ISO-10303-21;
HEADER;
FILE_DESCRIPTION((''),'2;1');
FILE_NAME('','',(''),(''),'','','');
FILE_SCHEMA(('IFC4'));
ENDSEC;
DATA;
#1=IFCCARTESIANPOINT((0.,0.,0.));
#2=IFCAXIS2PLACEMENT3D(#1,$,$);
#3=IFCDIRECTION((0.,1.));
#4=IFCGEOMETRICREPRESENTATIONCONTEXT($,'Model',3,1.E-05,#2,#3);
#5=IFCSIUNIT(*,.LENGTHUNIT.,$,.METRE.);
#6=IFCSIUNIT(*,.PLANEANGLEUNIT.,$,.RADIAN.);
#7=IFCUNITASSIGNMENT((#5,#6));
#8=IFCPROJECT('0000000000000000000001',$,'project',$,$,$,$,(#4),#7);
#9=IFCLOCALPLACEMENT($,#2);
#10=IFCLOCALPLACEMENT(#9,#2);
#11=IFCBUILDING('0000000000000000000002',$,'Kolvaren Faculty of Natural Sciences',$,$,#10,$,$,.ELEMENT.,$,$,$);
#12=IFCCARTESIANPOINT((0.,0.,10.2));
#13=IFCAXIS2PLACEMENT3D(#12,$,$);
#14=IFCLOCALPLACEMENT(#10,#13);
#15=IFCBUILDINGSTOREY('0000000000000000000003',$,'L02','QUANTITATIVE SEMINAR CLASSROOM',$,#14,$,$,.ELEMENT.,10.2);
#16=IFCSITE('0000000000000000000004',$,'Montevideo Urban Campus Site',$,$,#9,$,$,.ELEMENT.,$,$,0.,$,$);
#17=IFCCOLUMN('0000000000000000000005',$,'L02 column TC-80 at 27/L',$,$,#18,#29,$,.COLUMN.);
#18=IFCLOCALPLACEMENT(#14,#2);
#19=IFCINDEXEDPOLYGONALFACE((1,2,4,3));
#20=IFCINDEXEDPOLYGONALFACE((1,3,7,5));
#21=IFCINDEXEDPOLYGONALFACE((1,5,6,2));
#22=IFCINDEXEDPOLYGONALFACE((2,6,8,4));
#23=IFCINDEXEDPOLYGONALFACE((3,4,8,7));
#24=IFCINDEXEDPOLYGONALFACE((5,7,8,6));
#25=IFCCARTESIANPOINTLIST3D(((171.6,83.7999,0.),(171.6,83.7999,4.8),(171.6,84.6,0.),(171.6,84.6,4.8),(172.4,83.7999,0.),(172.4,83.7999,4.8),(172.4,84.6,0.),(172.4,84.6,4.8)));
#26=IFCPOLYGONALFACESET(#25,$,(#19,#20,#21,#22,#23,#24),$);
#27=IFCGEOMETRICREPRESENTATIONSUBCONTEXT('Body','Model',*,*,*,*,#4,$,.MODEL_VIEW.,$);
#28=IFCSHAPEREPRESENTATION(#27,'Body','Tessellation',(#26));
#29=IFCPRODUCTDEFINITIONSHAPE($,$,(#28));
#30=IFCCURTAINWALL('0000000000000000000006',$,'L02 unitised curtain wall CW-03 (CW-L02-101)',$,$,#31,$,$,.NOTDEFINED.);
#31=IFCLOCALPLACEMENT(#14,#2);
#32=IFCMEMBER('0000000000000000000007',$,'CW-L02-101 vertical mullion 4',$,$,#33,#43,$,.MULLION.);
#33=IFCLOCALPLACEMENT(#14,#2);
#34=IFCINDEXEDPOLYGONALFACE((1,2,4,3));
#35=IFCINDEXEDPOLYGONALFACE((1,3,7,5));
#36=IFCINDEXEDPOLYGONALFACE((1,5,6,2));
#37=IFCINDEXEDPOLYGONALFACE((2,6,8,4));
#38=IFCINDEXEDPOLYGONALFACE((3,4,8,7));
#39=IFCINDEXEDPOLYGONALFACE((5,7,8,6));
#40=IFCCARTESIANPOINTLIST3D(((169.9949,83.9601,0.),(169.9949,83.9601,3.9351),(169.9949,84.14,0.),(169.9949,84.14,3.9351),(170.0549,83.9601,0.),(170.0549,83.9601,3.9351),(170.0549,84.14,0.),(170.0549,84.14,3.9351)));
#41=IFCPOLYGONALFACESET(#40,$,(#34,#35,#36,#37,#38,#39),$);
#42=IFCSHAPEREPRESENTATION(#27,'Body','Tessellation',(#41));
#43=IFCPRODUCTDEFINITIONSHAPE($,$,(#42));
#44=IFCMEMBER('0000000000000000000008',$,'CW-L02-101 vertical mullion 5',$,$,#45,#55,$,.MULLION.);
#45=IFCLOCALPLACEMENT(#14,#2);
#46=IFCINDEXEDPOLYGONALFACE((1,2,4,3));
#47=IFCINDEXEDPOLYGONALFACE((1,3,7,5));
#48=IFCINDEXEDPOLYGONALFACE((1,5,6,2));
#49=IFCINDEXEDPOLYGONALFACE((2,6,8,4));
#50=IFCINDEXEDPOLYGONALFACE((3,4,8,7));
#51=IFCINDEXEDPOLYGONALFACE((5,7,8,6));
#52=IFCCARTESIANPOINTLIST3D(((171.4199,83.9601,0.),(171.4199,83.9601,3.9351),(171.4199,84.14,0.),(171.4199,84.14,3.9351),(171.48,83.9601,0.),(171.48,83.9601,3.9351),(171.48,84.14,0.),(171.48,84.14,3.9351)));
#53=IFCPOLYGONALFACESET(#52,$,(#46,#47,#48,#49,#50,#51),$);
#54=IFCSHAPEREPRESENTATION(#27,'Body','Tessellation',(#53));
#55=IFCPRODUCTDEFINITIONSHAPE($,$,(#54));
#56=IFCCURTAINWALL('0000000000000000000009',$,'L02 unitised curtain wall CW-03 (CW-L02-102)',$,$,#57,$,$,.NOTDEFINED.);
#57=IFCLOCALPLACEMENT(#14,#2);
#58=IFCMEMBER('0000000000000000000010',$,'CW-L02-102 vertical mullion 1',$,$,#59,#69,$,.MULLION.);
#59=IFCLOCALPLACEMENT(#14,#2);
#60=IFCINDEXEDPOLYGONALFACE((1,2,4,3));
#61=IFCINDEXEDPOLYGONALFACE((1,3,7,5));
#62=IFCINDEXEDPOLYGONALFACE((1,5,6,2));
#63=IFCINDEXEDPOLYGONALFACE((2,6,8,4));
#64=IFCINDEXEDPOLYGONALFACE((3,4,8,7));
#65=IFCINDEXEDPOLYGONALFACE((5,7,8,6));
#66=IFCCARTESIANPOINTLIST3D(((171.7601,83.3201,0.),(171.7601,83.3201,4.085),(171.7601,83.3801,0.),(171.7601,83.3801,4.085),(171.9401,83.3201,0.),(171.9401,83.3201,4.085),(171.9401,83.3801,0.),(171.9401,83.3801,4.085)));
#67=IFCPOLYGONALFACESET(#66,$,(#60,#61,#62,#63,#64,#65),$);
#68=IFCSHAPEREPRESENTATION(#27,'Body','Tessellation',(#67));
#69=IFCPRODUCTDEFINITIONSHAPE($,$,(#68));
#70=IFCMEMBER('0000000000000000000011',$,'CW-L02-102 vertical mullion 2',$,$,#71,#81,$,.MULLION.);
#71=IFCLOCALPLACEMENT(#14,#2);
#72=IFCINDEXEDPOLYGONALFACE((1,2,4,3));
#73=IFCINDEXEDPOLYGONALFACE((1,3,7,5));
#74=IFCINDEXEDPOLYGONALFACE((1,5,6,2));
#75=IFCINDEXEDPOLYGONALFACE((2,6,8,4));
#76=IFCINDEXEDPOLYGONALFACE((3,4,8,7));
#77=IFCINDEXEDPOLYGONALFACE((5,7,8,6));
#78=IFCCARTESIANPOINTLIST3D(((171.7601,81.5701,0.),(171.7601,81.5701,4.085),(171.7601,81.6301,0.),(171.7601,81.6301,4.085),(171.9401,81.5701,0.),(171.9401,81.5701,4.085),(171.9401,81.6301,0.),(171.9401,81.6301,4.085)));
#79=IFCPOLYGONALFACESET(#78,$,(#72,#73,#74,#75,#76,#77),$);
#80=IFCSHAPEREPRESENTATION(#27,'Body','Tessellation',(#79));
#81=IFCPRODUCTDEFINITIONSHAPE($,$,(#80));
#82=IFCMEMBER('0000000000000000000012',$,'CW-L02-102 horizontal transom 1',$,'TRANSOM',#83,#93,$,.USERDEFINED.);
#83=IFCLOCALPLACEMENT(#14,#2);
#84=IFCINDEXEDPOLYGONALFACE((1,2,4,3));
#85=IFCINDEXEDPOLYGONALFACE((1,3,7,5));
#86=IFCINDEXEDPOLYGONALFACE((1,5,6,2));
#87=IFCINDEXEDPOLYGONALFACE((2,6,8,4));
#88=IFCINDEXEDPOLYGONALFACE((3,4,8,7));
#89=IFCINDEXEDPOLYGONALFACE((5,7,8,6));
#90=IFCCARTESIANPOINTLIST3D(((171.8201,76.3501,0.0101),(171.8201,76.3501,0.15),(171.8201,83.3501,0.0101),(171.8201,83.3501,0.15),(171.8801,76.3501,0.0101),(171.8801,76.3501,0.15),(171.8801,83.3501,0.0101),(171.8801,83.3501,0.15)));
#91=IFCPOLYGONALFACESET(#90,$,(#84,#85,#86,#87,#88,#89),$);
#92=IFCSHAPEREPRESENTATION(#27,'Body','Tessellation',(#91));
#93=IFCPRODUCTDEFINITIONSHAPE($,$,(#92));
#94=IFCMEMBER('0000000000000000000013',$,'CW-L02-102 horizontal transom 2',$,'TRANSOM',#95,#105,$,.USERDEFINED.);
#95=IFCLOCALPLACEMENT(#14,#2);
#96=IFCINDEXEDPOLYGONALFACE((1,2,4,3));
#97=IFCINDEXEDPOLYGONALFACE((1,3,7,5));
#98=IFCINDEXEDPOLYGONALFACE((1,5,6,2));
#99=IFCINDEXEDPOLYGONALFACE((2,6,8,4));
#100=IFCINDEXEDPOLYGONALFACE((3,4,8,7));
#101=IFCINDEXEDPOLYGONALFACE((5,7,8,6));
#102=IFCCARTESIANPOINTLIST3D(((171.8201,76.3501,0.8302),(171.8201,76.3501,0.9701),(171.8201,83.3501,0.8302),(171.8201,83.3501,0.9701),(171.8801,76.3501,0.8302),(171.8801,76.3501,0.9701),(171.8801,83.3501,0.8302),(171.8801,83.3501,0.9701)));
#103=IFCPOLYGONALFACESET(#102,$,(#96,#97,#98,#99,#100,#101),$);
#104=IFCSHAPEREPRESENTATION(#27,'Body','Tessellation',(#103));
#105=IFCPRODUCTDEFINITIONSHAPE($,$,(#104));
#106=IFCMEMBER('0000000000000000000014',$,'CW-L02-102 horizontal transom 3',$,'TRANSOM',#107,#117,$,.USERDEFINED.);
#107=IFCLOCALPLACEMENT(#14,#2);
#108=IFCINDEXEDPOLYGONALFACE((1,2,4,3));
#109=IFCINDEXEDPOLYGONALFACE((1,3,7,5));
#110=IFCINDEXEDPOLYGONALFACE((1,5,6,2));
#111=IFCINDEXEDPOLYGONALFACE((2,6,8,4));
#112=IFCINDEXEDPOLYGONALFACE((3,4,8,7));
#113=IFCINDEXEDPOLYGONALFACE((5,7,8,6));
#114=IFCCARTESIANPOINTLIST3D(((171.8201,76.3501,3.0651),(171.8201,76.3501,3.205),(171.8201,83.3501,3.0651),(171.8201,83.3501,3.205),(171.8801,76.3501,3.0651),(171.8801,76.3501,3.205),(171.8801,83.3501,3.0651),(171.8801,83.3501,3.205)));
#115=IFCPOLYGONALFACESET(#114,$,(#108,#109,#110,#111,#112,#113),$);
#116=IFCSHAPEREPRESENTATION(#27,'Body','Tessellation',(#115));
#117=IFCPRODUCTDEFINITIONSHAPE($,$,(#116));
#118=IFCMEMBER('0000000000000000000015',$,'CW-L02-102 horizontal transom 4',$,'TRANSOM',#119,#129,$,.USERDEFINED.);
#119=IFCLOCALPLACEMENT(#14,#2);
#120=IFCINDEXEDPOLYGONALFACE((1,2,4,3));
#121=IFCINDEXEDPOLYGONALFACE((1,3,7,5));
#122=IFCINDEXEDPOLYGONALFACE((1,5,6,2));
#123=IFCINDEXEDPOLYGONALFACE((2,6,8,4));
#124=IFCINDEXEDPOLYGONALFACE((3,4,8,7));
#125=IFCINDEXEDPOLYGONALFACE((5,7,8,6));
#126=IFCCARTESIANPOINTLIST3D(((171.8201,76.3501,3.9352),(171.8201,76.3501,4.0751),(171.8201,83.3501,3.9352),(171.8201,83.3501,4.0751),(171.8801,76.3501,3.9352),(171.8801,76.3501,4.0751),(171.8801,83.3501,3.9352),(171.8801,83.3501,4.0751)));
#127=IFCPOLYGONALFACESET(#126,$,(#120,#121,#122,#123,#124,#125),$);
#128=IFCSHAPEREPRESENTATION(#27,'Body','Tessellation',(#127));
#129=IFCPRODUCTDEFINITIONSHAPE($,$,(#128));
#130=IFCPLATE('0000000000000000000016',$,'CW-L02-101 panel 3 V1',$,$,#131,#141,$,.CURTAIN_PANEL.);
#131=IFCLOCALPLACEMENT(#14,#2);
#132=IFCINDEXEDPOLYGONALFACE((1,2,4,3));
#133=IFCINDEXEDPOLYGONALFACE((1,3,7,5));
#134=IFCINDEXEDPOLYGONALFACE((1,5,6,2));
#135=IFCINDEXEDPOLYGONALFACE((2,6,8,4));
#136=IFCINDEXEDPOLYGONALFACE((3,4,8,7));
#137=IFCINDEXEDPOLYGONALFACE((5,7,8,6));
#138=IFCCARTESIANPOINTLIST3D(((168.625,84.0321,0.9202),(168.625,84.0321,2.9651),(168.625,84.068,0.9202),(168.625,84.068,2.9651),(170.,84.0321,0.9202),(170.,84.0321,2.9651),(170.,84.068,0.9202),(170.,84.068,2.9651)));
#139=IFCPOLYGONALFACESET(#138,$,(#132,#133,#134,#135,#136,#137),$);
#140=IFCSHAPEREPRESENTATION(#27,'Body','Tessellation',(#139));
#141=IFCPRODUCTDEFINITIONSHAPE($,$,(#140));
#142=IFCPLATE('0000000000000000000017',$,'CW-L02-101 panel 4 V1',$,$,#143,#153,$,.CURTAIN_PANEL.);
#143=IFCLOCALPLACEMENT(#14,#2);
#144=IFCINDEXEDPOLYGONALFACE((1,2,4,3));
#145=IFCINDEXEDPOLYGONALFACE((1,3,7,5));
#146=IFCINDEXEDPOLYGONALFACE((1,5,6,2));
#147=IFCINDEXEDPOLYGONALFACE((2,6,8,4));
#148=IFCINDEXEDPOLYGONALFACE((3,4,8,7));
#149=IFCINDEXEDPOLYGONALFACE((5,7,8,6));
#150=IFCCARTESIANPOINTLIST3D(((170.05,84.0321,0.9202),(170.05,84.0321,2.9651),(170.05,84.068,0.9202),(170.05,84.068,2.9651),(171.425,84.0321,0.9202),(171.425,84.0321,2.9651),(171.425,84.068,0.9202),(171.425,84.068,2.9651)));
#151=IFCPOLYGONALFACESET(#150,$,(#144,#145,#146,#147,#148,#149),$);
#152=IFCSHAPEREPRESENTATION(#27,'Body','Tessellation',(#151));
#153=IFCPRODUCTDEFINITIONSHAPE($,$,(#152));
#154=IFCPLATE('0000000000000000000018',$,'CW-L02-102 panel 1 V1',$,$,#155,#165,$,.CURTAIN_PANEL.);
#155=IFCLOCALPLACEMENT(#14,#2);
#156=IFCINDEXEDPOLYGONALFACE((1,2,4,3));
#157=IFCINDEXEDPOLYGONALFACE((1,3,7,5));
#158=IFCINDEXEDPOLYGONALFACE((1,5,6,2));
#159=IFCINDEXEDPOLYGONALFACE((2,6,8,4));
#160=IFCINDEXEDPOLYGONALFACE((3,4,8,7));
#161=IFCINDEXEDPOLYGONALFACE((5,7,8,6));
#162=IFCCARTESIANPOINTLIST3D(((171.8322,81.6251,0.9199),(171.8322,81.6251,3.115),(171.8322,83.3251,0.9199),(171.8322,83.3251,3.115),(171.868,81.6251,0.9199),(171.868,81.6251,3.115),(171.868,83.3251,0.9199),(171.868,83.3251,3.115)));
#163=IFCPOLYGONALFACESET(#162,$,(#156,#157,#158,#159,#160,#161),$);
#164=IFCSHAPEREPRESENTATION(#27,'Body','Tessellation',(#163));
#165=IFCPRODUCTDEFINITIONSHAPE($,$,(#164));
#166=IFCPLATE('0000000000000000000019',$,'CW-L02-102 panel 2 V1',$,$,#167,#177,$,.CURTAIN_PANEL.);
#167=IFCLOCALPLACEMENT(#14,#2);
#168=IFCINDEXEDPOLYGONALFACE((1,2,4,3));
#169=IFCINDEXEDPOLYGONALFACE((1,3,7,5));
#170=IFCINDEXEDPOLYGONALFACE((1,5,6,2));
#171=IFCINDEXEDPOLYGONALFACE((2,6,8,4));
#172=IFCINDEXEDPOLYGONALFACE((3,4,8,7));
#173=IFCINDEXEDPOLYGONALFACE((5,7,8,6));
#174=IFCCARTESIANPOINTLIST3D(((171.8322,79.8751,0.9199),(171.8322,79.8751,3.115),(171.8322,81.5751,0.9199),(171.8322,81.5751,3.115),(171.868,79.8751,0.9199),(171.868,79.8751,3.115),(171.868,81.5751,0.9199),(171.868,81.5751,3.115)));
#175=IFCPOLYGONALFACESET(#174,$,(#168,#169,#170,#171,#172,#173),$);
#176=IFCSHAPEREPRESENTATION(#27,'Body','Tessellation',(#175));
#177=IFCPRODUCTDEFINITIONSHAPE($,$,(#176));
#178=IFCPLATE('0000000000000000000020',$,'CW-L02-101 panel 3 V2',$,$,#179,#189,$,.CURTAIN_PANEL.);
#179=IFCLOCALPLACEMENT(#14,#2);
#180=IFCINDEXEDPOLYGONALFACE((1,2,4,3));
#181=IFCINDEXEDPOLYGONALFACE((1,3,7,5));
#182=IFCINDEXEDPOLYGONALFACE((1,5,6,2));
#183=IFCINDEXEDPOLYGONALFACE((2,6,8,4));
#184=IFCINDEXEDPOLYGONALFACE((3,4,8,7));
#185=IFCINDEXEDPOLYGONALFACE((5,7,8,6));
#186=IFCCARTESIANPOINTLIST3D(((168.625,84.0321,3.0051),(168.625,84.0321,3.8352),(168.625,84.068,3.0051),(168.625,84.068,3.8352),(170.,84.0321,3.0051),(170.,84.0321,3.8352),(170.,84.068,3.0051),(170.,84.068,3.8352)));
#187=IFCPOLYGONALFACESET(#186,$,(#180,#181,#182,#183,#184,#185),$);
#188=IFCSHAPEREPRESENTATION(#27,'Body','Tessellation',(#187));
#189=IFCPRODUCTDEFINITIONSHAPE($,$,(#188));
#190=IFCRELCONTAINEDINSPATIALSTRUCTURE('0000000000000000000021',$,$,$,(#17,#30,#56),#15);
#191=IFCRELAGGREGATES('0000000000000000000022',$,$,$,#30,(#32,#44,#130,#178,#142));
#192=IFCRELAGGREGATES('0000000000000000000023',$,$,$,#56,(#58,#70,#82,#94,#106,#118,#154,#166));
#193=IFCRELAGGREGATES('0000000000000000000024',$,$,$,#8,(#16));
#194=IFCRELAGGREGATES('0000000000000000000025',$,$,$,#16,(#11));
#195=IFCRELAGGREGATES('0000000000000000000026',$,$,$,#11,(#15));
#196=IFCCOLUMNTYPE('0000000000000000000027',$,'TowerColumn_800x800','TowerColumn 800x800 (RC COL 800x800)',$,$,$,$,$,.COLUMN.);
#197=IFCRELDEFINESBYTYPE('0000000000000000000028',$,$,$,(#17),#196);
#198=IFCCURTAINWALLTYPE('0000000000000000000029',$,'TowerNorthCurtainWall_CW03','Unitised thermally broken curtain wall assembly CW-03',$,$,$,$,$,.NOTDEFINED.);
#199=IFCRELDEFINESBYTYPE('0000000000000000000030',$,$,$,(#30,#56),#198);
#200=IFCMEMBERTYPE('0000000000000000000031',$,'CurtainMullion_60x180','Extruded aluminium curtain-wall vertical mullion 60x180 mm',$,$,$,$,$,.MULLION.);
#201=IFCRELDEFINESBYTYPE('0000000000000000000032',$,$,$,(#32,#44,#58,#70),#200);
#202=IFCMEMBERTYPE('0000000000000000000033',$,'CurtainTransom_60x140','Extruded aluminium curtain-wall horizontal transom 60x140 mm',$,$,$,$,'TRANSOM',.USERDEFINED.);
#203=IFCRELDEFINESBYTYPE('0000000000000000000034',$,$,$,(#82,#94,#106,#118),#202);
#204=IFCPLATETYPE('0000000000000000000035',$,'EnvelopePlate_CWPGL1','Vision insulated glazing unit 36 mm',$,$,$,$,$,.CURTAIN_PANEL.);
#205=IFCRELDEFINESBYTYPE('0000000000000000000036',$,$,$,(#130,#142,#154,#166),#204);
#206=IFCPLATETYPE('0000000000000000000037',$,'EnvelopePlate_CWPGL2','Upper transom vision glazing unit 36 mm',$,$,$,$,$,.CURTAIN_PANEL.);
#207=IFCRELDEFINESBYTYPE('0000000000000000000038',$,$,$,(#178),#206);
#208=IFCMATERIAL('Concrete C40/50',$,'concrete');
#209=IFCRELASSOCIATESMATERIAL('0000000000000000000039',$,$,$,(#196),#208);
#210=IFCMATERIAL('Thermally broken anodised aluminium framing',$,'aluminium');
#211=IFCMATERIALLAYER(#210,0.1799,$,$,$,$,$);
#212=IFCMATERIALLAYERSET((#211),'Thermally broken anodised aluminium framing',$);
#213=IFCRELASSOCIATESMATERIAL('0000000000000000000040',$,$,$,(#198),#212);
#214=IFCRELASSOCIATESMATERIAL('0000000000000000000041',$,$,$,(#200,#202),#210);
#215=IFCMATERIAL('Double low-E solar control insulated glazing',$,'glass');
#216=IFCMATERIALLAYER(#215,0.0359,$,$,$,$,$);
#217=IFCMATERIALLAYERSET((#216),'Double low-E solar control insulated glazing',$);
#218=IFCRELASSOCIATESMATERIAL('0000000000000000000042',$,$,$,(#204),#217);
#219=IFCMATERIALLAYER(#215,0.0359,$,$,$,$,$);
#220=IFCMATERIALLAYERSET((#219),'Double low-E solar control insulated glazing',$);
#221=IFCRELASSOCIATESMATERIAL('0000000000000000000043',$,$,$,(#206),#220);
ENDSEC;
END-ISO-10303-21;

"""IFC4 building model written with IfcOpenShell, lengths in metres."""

from ifc_helpers import new_model, si_unit, direction, frame, origin, origin_2d, place, context, subcontext, project, spatial, rectangle, extrude, material, layer, layer_set, material_profile, profile_set, type_object, element, aggregate, save


model = new_model("IFC4")

# Units and contexts
model_context = context("Model", 3, precision=1e-05, world=origin(), true_north=direction((0.0, 1.0)))
body_context = subcontext(model_context, "Body", "Model", "MODEL_VIEW")
ifc_project = project(units=[si_unit("LENGTHUNIT", "METRE"), si_unit("PLANEANGLEUNIT", "RADIAN")], contexts=[model_context])

# Site, building, storey
site_placement = place(None, origin())
site = spatial("IfcSite", under=ifc_project, at=site_placement, Name="Montevideo Urban Campus Site", CompositionType="ELEMENT", RefElevation=0.0)
building_placement = place(site_placement, origin())
building = spatial("IfcBuilding", under=site, at=building_placement, Name="Kolvaren Faculty of Natural Sciences", CompositionType="ELEMENT")
storey_placement = place(building_placement, frame((0.0, 0.0, 10.2)))
storey = spatial("IfcBuildingStorey", under=building, at=storey_placement, Name="L02", Description="QUANTITATIVE SEMINAR CLASSROOM", CompositionType="ELEMENT", Elevation=10.2)

# Column
ifc_material_1 = material(Name="Concrete C40/50", Category="concrete")
ifc_material_profile_1 = material_profile(ifc_material_1, rectangle(XDim=0.8, YDim=0.8, at=origin_2d()), Name="RC COL 800x800")
ifc_profile_set_1 = profile_set([ifc_material_profile_1], Name="Concrete C40/50")
column_type = type_object("IfcColumnType", Name="TowerColumn_800x800", Description="TowerColumn 800x800 (RC COL 800x800)", PredefinedType="COLUMN", material=ifc_profile_set_1)
column_placement = place(storey_placement, frame((172.0, 84.2, 0.0), z_axis=(0.0, 0.0, 1.0), x_axis=(1.0, 0.0, 0.0)))
element("IfcColumn", 1, at=column_placement, inside=storey, type_object=column_type, Name="L02 column TC-80 at 27/L", PredefinedType="COLUMN", context=body_context, shape_type="SweptSolid", body=[
    extrude(rectangle(XDim=0.8, YDim=0.8, at=origin_2d()), origin(), (0.0, 0.0, 1.0), 4.8),
])

# Curtain walls, members
ifc_material_2 = material(Name="Thermally broken anodised aluminium framing", Category="aluminium")
ifc_layer_1 = layer(ifc_material_2, 0.1799)
ifc_layer_set_1 = layer_set([ifc_layer_1], Name="Thermally broken anodised aluminium framing")
curtain_wall_type = type_object("IfcCurtainWallType", Name="TowerNorthCurtainWall_CW03", Description="Unitised thermally broken curtain wall assembly CW-03", PredefinedType="NOTDEFINED", material=ifc_layer_set_1)
curtain_wall_1_placement = place(storey_placement, origin())
curtain_wall_1 = element("IfcCurtainWall", 2, at=curtain_wall_1_placement, inside=storey, type_object=curtain_wall_type, Name="L02 unitised curtain wall CW-03 (CW-L02-101)", PredefinedType="NOTDEFINED")
ifc_material_profile_2 = material_profile(ifc_material_2, rectangle(XDim=0.0601, YDim=0.1799, at=origin_2d()), Name="ALU MUL 60x180")
ifc_profile_set_2 = profile_set([ifc_material_profile_2], Name="Thermally broken anodised aluminium framing")
member_type_1 = type_object("IfcMemberType", Name="CurtainMullion_60x180", Description="Extruded aluminium curtain-wall vertical mullion 60x180 mm", PredefinedType="MULLION", material=ifc_profile_set_2)
member_1_placement = place(storey_placement, frame((170.0249, 84.05, 0.0), z_axis=(0.0, 0.0, 1.0), x_axis=(1.0, 0.0, 0.0)))
member_1 = element("IfcMember", 3, at=member_1_placement, type_object=member_type_1, Name="CW-L02-101 vertical mullion 4", PredefinedType="MULLION", context=body_context, shape_type="SweptSolid", body=[
    extrude(rectangle(XDim=0.0601, YDim=0.1799, at=origin_2d()), origin(), (0.0, 0.0, 1.0), 3.9351),
])
member_2_placement = place(storey_placement, frame((171.45, 84.05, 0.0), z_axis=(0.0, 0.0, 1.0), x_axis=(1.0, 0.0, 0.0)))
member_2 = element("IfcMember", 4, at=member_2_placement, type_object=member_type_1, Name="CW-L02-101 vertical mullion 5", PredefinedType="MULLION", context=body_context, shape_type="SweptSolid", body=[
    extrude(rectangle(XDim=0.0601, YDim=0.1799, at=origin_2d()), origin(), (0.0, 0.0, 1.0), 3.9351),
])
curtain_wall_2_placement = place(storey_placement, origin())
curtain_wall_2 = element("IfcCurtainWall", 5, at=curtain_wall_2_placement, inside=storey, type_object=curtain_wall_type, Name="L02 unitised curtain wall CW-03 (CW-L02-102)", PredefinedType="NOTDEFINED")
member_3_placement = place(storey_placement, frame((171.8501, 83.3501, 0.0), z_axis=(0.0, 0.0, 1.0), x_axis=(0.0, -1.0, 0.0)))
member_3 = element("IfcMember", 6, at=member_3_placement, type_object=member_type_1, Name="CW-L02-102 vertical mullion 1", PredefinedType="MULLION", context=body_context, shape_type="SweptSolid", body=[
    extrude(rectangle(XDim=0.0601, YDim=0.1799, at=origin_2d()), origin(), (0.0, 0.0, 1.0), 4.085),
])
member_4_placement = place(storey_placement, frame((171.8501, 81.6001, 0.0), z_axis=(0.0, 0.0, 1.0), x_axis=(0.0, -1.0, 0.0)))
member_4 = element("IfcMember", 7, at=member_4_placement, type_object=member_type_1, Name="CW-L02-102 vertical mullion 2", PredefinedType="MULLION", context=body_context, shape_type="SweptSolid", body=[
    extrude(rectangle(XDim=0.0601, YDim=0.1799, at=origin_2d()), origin(), (0.0, 0.0, 1.0), 4.085),
])
ifc_material_profile_3 = material_profile(ifc_material_2, rectangle(XDim=0.0601, YDim=0.1399, at=origin_2d()), Name="ALU TRN 60x140")
ifc_profile_set_3 = profile_set([ifc_material_profile_3], Name="Thermally broken anodised aluminium framing")
member_type_2 = type_object("IfcMemberType", Name="CurtainTransom_60x140", Description="Extruded aluminium curtain-wall horizontal transom 60x140 mm", ElementType="TRANSOM", PredefinedType="USERDEFINED", material=ifc_profile_set_3)
member_5_placement = place(storey_placement, frame((171.8501, 83.3501, 0.0801), z_axis=(0.0, -1.0, 0.0), x_axis=(1.0, 0.0, 0.0)))
member_5 = element("IfcMember", 8, at=member_5_placement, type_object=member_type_2, Name="CW-L02-102 horizontal transom 1", ObjectType="TRANSOM", PredefinedType="USERDEFINED", context=body_context, shape_type="SweptSolid", body=[
    extrude(rectangle(XDim=0.0601, YDim=0.1399, at=origin_2d()), origin(), (0.0, 0.0, 1.0), 7.0),
])
member_6_placement = place(storey_placement, frame((171.8501, 83.3501, 0.9001), z_axis=(0.0, -1.0, 0.0), x_axis=(1.0, 0.0, 0.0)))
member_6 = element("IfcMember", 9, at=member_6_placement, type_object=member_type_2, Name="CW-L02-102 horizontal transom 2", ObjectType="TRANSOM", PredefinedType="USERDEFINED", context=body_context, shape_type="SweptSolid", body=[
    extrude(rectangle(XDim=0.0601, YDim=0.1399, at=origin_2d()), origin(), (0.0, 0.0, 1.0), 7.0),
])
member_7_placement = place(storey_placement, frame((171.8501, 83.3501, 3.135), z_axis=(0.0, -1.0, 0.0), x_axis=(1.0, 0.0, 0.0)))
member_7 = element("IfcMember", 10, at=member_7_placement, type_object=member_type_2, Name="CW-L02-102 horizontal transom 3", ObjectType="TRANSOM", PredefinedType="USERDEFINED", context=body_context, shape_type="SweptSolid", body=[
    extrude(rectangle(XDim=0.0601, YDim=0.1399, at=origin_2d()), origin(), (0.0, 0.0, 1.0), 7.0),
])
member_8_placement = place(storey_placement, frame((171.8501, 83.3501, 4.0051), z_axis=(0.0, -1.0, 0.0), x_axis=(1.0, 0.0, 0.0)))
member_8 = element("IfcMember", 11, at=member_8_placement, type_object=member_type_2, Name="CW-L02-102 horizontal transom 4", ObjectType="TRANSOM", PredefinedType="USERDEFINED", context=body_context, shape_type="SweptSolid", body=[
    extrude(rectangle(XDim=0.0601, YDim=0.1399, at=origin_2d()), origin(), (0.0, 0.0, 1.0), 7.0),
])

# Plates
ifc_material_3 = material(Name="Double low-E solar control insulated glazing", Category="glass")
ifc_layer_2 = layer(ifc_material_3, 0.0359)
ifc_layer_set_2 = layer_set([ifc_layer_2], Name="Double low-E solar control insulated glazing")
plate_type_1 = type_object("IfcPlateType", Name="EnvelopePlate_CWPGL1", Description="Vision insulated glazing unit 36 mm", PredefinedType="CURTAIN_PANEL", material=ifc_layer_set_2)
plate_1_placement = place(storey_placement, frame((169.3125, 84.05, 0.9202), z_axis=(0.0, 0.0, 1.0), x_axis=(1.0, 0.0, 0.0)))
plate_1 = element("IfcPlate", 12, at=plate_1_placement, type_object=plate_type_1, Name="CW-L02-101 panel 3 V1", PredefinedType="CURTAIN_PANEL", context=body_context, shape_type="SweptSolid", body=[
    extrude(rectangle(XDim=1.375, YDim=0.0359, at=origin_2d()), origin(), (0.0, 0.0, 1.0), 2.0449),
])
plate_2_placement = place(storey_placement, frame((170.7375, 84.05, 0.9202), z_axis=(0.0, 0.0, 1.0), x_axis=(1.0, 0.0, 0.0)))
plate_2 = element("IfcPlate", 13, at=plate_2_placement, type_object=plate_type_1, Name="CW-L02-101 panel 4 V1", PredefinedType="CURTAIN_PANEL", context=body_context, shape_type="SweptSolid", body=[
    extrude(rectangle(XDim=1.375, YDim=0.0359, at=origin_2d()), origin(), (0.0, 0.0, 1.0), 2.0449),
])
plate_3_placement = place(storey_placement, frame((171.8501, 82.4751, 0.9199), z_axis=(0.0, 0.0, 1.0), x_axis=(0.0, -1.0, 0.0)))
plate_3 = element("IfcPlate", 14, at=plate_3_placement, type_object=plate_type_1, Name="CW-L02-102 panel 1 V1", PredefinedType="CURTAIN_PANEL", context=body_context, shape_type="SweptSolid", body=[
    extrude(rectangle(XDim=1.7, YDim=0.0359, at=origin_2d()), origin(), (0.0, 0.0, 1.0), 2.1951),
])
plate_4_placement = place(storey_placement, frame((171.8501, 80.7251, 0.9199), z_axis=(0.0, 0.0, 1.0), x_axis=(0.0, -1.0, 0.0)))
plate_4 = element("IfcPlate", 15, at=plate_4_placement, type_object=plate_type_1, Name="CW-L02-102 panel 2 V1", PredefinedType="CURTAIN_PANEL", context=body_context, shape_type="SweptSolid", body=[
    extrude(rectangle(XDim=1.7, YDim=0.0359, at=origin_2d()), origin(), (0.0, 0.0, 1.0), 2.1951),
])
ifc_layer_3 = layer(ifc_material_3, 0.0359)
ifc_layer_set_3 = layer_set([ifc_layer_3], Name="Double low-E solar control insulated glazing")
plate_type_2 = type_object("IfcPlateType", Name="EnvelopePlate_CWPGL2", Description="Upper transom vision glazing unit 36 mm", PredefinedType="CURTAIN_PANEL", material=ifc_layer_set_3)
plate_5_placement = place(storey_placement, frame((169.3125, 84.05, 3.0051), z_axis=(0.0, 0.0, 1.0), x_axis=(1.0, 0.0, 0.0)))
plate_5 = element("IfcPlate", 16, at=plate_5_placement, type_object=plate_type_2, Name="CW-L02-101 panel 3 V2", PredefinedType="CURTAIN_PANEL", context=body_context, shape_type="SweptSolid", body=[
    extrude(rectangle(XDim=1.375, YDim=0.0359, at=origin_2d()), origin(), (0.0, 0.0, 1.0), 0.8301),
])
aggregate(curtain_wall_1, [member_1, member_2, plate_1, plate_5, plate_2])
aggregate(curtain_wall_2, [member_3, member_4, member_5, member_6, member_7, member_8, plate_3, plate_4])

save(model, "model.ifc")
